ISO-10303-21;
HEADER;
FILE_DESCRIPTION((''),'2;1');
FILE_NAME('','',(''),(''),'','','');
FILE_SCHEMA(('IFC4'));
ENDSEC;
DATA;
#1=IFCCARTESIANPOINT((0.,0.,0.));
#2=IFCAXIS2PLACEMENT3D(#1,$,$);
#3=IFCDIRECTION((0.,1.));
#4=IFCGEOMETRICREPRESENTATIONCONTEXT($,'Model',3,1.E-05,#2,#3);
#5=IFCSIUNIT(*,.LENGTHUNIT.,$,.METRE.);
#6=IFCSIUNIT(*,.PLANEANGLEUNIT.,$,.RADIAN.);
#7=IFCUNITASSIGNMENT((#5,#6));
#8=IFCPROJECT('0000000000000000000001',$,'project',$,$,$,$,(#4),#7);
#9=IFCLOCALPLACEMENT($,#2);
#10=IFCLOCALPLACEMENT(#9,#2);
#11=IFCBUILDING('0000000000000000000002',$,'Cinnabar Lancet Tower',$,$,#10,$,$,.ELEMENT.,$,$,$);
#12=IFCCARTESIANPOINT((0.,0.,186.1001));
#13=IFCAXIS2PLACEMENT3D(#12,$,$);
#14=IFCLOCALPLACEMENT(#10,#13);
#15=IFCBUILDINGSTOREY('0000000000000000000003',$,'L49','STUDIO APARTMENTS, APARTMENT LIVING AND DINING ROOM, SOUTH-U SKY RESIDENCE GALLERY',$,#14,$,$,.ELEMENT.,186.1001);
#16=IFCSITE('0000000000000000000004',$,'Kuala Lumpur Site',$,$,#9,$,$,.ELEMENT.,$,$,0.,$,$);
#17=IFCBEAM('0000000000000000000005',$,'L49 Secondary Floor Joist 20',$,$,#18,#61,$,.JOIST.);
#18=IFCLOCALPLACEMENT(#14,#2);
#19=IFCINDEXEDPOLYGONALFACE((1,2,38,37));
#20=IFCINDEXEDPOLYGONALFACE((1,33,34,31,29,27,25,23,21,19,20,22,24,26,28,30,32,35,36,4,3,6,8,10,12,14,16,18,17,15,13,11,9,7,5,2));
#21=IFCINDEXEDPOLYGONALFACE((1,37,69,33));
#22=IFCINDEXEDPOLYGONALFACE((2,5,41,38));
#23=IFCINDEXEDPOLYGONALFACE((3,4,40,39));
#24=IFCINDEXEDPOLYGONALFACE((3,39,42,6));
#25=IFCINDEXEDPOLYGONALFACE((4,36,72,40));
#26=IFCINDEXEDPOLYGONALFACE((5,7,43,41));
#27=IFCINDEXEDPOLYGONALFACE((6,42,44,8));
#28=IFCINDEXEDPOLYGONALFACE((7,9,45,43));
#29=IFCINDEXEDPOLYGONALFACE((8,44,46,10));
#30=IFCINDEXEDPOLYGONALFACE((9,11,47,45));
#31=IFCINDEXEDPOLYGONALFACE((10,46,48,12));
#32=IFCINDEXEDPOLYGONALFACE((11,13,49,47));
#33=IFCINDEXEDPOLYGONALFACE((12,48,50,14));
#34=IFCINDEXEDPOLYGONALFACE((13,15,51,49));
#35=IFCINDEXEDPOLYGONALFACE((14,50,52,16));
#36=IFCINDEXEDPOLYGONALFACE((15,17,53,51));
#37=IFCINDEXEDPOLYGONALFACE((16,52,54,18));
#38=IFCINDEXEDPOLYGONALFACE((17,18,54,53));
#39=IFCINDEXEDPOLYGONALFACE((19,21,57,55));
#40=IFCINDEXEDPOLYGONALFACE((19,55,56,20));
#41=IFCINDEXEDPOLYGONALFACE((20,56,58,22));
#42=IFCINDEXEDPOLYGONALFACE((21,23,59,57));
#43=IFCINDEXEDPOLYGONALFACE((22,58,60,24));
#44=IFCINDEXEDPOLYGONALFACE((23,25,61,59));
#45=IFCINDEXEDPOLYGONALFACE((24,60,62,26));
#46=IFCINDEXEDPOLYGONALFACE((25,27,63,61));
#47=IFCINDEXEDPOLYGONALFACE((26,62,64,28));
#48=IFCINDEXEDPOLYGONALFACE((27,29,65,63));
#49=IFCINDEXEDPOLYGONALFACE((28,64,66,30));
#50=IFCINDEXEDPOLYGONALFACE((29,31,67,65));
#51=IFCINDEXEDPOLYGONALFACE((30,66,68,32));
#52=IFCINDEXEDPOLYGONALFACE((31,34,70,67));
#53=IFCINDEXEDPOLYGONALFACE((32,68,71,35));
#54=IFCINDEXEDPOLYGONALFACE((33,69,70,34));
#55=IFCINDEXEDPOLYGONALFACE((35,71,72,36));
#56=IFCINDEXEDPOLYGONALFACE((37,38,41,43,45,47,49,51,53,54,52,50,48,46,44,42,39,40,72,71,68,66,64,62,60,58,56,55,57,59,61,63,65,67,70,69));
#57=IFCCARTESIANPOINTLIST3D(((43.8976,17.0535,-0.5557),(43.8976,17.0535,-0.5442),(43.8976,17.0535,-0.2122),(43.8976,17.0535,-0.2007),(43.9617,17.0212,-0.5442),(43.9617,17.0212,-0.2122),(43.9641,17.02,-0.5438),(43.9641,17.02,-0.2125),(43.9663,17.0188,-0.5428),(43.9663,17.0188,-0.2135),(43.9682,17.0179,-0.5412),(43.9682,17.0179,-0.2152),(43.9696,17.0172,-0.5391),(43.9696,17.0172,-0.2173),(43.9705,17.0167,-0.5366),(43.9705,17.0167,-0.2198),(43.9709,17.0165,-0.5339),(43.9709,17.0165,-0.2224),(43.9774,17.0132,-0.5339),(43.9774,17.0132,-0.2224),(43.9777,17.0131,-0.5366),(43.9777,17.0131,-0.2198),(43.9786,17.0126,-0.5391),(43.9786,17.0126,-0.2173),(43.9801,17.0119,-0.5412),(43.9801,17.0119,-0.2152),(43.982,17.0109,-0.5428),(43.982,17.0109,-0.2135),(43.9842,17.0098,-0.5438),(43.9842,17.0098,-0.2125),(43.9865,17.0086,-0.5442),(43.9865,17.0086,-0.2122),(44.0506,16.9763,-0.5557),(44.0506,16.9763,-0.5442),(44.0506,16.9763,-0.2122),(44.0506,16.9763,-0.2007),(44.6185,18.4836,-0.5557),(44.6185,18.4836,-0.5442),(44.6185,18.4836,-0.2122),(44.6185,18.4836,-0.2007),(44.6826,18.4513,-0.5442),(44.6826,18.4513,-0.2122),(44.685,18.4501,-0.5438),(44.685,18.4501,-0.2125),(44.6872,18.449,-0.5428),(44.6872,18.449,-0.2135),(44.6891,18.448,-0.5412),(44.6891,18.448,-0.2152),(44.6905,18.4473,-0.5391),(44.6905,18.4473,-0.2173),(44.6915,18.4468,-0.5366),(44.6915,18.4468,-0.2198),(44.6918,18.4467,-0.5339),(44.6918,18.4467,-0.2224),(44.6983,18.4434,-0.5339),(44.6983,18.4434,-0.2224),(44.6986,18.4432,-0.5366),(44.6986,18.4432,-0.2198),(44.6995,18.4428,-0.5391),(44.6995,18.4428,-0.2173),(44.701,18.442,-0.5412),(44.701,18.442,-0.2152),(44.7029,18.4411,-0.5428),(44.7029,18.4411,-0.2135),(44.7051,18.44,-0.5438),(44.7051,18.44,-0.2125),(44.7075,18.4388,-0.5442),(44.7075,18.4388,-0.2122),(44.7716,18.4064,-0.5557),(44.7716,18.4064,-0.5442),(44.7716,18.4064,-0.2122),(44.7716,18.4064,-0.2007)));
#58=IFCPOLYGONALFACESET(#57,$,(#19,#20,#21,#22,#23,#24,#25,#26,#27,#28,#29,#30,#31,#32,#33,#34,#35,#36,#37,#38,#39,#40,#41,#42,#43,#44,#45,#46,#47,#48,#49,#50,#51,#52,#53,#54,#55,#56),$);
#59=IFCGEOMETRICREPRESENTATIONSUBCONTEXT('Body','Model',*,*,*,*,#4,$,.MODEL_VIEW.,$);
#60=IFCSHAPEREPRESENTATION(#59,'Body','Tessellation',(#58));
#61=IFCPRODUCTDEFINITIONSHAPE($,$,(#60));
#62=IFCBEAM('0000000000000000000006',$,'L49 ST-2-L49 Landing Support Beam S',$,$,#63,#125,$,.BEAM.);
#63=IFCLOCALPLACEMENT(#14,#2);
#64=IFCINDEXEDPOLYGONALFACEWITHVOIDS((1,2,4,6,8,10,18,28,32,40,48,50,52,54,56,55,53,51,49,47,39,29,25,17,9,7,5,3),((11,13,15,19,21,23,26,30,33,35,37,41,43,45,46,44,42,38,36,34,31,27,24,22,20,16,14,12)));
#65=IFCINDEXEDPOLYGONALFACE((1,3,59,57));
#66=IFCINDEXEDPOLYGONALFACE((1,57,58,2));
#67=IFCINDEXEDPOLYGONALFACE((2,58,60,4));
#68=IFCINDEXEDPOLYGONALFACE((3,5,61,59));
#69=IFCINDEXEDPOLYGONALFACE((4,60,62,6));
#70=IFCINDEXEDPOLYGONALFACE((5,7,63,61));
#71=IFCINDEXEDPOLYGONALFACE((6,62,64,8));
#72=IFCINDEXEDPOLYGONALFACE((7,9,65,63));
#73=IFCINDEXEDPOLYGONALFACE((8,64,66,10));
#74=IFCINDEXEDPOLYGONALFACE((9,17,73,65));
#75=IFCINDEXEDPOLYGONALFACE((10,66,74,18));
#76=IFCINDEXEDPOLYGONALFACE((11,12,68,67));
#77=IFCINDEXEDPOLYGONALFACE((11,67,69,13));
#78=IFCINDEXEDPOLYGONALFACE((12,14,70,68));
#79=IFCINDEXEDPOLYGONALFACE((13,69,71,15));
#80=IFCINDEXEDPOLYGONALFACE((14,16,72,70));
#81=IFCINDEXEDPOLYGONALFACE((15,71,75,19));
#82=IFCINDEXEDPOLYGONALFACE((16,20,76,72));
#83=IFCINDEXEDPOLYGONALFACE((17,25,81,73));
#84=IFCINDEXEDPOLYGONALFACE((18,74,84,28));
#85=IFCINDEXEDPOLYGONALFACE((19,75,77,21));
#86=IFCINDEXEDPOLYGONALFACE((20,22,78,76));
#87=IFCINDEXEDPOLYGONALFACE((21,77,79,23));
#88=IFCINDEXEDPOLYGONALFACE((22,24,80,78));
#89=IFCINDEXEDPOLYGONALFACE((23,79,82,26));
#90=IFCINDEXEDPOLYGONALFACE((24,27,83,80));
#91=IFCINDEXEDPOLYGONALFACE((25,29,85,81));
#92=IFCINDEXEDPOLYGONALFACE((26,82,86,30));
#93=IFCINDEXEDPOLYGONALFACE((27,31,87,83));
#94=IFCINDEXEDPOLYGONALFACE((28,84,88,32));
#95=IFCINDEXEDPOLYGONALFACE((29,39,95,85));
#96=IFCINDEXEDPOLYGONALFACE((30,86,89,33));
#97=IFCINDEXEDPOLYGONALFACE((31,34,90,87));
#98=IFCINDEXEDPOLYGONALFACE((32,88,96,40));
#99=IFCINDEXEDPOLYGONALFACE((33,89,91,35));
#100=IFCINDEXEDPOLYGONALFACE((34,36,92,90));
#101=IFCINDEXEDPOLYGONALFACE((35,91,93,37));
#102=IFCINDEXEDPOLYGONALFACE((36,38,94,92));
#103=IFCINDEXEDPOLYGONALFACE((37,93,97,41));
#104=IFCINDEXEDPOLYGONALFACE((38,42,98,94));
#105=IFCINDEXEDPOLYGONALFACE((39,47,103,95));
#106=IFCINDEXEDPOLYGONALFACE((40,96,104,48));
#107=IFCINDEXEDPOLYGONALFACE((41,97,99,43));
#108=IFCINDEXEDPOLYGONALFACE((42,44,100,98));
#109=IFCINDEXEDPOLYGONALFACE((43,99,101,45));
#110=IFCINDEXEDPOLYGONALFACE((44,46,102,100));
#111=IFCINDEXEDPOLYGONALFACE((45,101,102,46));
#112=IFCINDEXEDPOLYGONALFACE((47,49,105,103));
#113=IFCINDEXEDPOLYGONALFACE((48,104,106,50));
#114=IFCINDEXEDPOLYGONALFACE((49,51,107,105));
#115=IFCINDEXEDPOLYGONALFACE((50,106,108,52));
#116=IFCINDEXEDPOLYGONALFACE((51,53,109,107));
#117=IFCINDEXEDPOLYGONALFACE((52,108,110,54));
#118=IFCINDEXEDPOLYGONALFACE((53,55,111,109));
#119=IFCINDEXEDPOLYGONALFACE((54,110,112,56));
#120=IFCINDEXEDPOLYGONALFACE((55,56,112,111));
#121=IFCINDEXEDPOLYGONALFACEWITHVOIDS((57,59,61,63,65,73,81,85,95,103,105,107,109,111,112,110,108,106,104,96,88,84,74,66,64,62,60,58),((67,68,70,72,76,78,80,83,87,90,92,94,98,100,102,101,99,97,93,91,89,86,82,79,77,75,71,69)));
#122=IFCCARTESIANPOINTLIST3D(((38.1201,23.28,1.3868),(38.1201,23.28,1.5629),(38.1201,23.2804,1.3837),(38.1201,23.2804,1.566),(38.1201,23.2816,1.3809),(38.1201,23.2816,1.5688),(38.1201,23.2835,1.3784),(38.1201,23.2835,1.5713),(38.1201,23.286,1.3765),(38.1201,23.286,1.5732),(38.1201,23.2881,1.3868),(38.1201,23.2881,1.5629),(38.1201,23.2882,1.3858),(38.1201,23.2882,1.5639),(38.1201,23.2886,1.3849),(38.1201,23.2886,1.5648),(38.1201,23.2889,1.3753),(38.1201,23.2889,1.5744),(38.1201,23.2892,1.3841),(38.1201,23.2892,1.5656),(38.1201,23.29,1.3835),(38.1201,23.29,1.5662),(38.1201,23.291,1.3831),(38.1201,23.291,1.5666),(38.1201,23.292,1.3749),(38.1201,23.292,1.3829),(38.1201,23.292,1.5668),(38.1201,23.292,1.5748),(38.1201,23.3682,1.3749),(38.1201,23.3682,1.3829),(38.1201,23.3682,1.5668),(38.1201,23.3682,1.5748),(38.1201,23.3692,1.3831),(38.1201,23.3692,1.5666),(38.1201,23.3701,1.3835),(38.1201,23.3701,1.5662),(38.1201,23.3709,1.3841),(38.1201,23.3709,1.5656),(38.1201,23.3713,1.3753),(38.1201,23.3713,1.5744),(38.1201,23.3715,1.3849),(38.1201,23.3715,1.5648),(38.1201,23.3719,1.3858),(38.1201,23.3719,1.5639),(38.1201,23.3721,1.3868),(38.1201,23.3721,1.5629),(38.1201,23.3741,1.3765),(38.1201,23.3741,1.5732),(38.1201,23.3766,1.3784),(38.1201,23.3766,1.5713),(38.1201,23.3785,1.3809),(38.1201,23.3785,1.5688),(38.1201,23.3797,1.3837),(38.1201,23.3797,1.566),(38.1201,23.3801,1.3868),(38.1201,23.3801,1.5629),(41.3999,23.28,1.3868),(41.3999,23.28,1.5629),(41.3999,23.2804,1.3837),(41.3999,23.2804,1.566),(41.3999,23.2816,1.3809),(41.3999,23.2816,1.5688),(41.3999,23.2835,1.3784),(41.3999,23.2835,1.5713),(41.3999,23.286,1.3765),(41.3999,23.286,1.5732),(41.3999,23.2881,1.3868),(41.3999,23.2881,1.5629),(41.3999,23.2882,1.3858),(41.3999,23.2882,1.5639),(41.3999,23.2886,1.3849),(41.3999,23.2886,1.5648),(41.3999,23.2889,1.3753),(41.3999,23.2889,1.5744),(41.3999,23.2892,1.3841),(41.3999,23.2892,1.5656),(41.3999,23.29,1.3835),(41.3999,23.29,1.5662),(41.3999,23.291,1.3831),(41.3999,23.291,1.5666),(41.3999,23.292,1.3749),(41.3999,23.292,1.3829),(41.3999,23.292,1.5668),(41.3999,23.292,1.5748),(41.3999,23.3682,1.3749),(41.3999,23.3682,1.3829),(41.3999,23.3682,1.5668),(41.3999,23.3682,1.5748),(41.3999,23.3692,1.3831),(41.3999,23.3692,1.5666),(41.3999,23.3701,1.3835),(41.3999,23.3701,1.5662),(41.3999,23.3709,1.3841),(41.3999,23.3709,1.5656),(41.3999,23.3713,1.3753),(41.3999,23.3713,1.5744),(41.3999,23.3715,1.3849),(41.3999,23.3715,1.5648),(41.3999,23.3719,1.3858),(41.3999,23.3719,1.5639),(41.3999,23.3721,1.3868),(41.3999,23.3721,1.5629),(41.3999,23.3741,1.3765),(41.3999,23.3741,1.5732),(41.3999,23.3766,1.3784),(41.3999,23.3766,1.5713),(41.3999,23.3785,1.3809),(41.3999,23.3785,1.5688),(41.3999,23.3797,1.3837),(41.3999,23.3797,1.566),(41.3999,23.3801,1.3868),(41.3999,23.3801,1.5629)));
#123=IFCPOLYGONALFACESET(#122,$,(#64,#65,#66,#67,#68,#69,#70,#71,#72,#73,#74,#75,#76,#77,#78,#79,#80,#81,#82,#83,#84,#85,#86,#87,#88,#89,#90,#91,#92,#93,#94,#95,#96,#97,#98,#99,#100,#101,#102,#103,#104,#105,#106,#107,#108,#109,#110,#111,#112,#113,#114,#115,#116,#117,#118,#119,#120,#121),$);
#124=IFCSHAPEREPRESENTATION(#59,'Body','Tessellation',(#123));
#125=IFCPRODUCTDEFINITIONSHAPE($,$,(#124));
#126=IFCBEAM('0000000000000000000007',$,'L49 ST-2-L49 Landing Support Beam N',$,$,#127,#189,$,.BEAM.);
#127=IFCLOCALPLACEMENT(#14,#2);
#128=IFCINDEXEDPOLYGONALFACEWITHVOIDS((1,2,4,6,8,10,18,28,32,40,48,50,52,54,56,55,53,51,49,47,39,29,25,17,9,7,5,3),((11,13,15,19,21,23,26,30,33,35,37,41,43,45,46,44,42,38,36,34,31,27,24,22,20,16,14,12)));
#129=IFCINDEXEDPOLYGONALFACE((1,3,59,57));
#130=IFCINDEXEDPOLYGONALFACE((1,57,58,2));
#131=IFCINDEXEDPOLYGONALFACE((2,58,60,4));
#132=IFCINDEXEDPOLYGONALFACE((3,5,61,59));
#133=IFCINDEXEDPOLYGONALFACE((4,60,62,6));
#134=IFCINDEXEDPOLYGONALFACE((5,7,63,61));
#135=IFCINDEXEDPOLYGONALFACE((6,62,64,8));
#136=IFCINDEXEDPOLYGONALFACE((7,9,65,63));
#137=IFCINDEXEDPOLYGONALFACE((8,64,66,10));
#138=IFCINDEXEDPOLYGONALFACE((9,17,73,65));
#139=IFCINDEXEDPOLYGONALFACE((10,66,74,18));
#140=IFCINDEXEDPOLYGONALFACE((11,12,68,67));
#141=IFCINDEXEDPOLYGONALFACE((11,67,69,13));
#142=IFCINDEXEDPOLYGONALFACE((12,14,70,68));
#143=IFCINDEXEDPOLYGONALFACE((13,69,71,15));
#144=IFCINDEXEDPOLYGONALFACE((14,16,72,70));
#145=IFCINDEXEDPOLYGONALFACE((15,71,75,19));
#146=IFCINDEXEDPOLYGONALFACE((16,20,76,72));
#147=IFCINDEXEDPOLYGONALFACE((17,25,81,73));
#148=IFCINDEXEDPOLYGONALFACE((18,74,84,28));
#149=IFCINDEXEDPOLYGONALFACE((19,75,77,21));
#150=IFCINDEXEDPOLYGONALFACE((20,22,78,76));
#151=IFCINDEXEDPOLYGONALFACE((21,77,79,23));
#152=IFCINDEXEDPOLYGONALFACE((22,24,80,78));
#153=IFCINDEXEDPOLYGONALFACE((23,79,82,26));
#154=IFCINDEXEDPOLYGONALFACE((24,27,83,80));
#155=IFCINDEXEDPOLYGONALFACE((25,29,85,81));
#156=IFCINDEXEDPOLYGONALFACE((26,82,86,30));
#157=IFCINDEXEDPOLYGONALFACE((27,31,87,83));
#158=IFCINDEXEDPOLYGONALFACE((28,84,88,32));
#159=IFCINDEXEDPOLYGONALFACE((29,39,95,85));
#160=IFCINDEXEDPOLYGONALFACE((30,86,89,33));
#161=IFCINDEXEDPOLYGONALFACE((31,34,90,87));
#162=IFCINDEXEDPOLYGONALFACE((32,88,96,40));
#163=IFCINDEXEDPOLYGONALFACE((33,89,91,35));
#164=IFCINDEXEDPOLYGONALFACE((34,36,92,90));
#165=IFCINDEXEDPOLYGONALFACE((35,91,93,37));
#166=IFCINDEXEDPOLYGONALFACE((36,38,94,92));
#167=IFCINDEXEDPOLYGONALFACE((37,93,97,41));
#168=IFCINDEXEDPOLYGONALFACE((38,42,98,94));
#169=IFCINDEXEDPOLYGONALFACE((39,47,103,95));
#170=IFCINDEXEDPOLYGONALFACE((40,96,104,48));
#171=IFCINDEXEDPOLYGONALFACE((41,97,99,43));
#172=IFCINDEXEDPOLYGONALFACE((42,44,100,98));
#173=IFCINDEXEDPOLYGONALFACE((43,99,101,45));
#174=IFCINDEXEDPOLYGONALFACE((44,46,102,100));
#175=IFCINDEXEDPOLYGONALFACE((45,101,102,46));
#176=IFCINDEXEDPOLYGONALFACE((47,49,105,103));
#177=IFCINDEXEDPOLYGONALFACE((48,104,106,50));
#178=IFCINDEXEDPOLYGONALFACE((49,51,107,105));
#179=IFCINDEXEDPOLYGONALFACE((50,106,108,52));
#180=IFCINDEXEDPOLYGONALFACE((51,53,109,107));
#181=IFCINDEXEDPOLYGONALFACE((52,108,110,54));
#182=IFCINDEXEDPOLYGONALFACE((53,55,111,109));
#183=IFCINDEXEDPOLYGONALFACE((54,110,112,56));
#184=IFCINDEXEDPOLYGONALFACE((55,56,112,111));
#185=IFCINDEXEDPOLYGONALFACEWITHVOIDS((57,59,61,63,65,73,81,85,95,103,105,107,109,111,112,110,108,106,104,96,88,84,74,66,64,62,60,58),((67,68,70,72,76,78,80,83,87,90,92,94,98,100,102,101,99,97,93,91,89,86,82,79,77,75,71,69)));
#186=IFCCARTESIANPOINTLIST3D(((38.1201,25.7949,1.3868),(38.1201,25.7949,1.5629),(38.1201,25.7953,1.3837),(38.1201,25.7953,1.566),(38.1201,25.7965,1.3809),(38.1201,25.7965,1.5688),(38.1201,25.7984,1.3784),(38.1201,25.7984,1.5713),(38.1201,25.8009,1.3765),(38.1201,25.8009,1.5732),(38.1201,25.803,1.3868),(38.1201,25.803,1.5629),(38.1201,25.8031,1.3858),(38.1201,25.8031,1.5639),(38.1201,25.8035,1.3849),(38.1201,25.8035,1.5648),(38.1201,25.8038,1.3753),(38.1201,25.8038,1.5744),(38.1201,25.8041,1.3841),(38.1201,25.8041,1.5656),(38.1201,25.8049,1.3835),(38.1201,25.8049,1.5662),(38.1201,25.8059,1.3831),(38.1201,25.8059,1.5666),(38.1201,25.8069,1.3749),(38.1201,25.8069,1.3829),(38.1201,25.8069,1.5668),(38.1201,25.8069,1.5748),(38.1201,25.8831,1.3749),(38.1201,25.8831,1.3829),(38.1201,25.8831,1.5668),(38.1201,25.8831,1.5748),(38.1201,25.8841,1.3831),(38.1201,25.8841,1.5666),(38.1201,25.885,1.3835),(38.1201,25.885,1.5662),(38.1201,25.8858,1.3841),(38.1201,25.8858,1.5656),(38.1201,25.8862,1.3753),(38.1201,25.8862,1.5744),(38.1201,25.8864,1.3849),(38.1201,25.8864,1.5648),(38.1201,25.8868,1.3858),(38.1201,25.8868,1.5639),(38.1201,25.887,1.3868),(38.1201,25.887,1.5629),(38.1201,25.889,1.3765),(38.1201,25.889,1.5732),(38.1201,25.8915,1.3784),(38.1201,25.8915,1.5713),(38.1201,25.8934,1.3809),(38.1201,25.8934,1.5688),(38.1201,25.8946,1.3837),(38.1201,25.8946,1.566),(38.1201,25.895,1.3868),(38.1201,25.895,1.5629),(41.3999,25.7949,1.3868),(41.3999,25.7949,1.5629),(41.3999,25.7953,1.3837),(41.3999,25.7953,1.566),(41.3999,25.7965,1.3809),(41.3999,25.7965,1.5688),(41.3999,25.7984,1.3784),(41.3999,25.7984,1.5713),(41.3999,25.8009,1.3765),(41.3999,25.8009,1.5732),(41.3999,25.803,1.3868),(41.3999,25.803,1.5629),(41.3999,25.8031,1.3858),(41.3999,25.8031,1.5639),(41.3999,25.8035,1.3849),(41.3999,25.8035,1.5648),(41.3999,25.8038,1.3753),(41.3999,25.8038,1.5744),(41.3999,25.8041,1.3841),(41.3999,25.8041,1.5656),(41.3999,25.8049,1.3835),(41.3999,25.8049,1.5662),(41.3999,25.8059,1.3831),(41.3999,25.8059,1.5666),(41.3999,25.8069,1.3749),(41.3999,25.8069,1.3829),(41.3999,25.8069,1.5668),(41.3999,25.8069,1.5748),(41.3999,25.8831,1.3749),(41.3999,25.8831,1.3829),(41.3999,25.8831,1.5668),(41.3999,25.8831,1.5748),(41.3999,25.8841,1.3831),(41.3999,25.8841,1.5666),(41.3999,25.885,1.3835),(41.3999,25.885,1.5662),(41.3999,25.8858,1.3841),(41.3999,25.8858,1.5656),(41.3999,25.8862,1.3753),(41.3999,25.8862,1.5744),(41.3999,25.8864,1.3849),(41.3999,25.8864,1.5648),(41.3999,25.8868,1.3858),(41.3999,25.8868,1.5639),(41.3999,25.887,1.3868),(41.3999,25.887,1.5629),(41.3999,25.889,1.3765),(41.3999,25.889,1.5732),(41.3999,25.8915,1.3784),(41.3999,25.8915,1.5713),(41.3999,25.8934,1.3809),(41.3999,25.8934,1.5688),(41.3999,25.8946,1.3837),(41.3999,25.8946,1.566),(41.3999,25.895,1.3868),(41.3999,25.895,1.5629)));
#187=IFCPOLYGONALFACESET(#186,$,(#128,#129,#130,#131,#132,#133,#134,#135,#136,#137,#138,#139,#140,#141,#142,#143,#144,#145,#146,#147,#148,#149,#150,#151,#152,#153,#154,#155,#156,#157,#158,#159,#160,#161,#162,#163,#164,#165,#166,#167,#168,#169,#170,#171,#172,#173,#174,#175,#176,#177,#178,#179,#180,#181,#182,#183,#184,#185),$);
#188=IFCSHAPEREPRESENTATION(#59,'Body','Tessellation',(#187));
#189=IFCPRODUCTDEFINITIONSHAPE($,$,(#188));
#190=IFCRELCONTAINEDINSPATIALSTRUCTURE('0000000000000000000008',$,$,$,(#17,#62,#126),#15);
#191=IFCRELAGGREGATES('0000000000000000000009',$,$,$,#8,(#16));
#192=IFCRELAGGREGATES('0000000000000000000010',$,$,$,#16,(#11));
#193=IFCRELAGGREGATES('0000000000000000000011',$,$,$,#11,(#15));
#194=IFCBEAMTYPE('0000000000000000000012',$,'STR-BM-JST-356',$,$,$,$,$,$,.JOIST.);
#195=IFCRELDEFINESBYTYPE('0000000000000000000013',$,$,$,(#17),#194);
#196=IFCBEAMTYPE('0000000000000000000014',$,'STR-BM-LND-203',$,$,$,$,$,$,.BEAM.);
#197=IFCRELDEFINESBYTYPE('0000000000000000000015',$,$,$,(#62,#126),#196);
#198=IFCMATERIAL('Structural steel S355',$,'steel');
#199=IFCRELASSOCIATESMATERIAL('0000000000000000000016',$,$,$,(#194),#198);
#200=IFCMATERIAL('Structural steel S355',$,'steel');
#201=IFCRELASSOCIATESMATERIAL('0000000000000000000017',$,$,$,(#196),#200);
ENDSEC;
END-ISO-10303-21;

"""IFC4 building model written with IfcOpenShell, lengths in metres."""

from ifc_helpers import new_model, si_unit, direction, frame, origin, origin_2d, place, context, subcontext, project, spatial, hollow_rectangle, i_section, extrude, material, material_profile, profile_set, type_object, element, save


model = new_model("IFC4")

# Units and contexts
model_context = context("Model", 3, precision=1e-05, world=origin(), true_north=direction((0.0, 1.0)))
body_context = subcontext(model_context, "Body", "Model", "MODEL_VIEW")
ifc_project = project(units=[si_unit("LENGTHUNIT", "METRE"), si_unit("PLANEANGLEUNIT", "RADIAN")], contexts=[model_context])

# Site, building, storey
site_placement = place(None, origin())
site = spatial("IfcSite", under=ifc_project, at=site_placement, Name="Kuala Lumpur Site", CompositionType="ELEMENT", RefElevation=0.0)
building_placement = place(site_placement, origin())
building = spatial("IfcBuilding", under=site, at=building_placement, Name="Cinnabar Lancet Tower", CompositionType="ELEMENT")
storey_placement = place(building_placement, frame((0.0, 0.0, 186.1001)))
storey = spatial("IfcBuildingStorey", under=building, at=storey_placement, Name="L49", Description="STUDIO APARTMENTS, APARTMENT LIVING AND DINING ROOM, SOUTH-U SKY RESIDENCE GALLERY", CompositionType="ELEMENT", Elevation=186.1001)

# Beams
ifc_material_1 = material(Name="Structural steel S355", Category="steel")
ifc_material_profile_1 = material_profile(ifc_material_1, i_section(OverallWidth=0.1714, OverallDepth=0.355, WebThickness=0.0073, FlangeThickness=0.0115, FilletRadius=0.0103, at=origin_2d()), Name="UKB 356x171x51")
ifc_profile_set_1 = profile_set([ifc_material_profile_1], Name="Structural steel S355")
beam_type_1 = type_object("IfcBeamType", Name="STR-BM-JST-356", PredefinedType="JOIST", material=ifc_profile_set_1)
beam_1_placement = place(storey_placement, frame((43.9741, 17.0149, -0.3782), z_axis=(0.450138, 0.892959, 0.0), x_axis=(-0.892959, 0.450138, 0.0)))
element("IfcBeam", 1, at=beam_1_placement, inside=storey, type_object=beam_type_1, Name="L49 Secondary Floor Joist 20", PredefinedType="JOIST", context=body_context, shape_type="SweptSolid", body=[
    extrude(i_section(OverallWidth=0.1714, OverallDepth=0.355, WebThickness=0.0073, FlangeThickness=0.0115, FilletRadius=0.0103, at=origin_2d()), origin(), (0.0, 0.0, 1.0), 1.6016),
])
ifc_material_2 = material(Name="Structural steel S355", Category="steel")
ifc_material_profile_2 = material_profile(ifc_material_2, hollow_rectangle(XDim=0.1001, YDim=0.2, WallThickness=0.0081, InnerFilletRadius=0.0039, OuterFilletRadius=0.012, at=origin_2d()), Name="RHS 200x100x8")
ifc_profile_set_2 = profile_set([ifc_material_profile_2], Name="Structural steel S355")
beam_type_2 = type_object("IfcBeamType", Name="STR-BM-LND-203", PredefinedType="BEAM", material=ifc_profile_set_2)
for number, where, z_axis, x_axis, name in (
    (2, (38.1201, 23.3301, 1.4749), (1.0, 0.0, 0.0), (0.0, 1.0, 0.0), "L49 ST-2-L49 Landing Support Beam S"),
    (3, (38.1201, 25.845, 1.4749), (1.0, 0.0, 0.0), (0.0, 1.0, 0.0), "L49 ST-2-L49 Landing Support Beam N"),
):
    element("IfcBeam", number, at=place(storey_placement, frame(where, z_axis=z_axis, x_axis=x_axis)), inside=storey, type_object=beam_type_2, Name=name, PredefinedType="BEAM", context=body_context, shape_type="SweptSolid", body=[
        extrude(hollow_rectangle(XDim=0.1001, YDim=0.2, WallThickness=0.0081, InnerFilletRadius=0.0039, OuterFilletRadius=0.012, at=origin_2d()), origin(), (0.0, 0.0, 1.0), 3.2798),
    ])

save(model, "model.ifc")
